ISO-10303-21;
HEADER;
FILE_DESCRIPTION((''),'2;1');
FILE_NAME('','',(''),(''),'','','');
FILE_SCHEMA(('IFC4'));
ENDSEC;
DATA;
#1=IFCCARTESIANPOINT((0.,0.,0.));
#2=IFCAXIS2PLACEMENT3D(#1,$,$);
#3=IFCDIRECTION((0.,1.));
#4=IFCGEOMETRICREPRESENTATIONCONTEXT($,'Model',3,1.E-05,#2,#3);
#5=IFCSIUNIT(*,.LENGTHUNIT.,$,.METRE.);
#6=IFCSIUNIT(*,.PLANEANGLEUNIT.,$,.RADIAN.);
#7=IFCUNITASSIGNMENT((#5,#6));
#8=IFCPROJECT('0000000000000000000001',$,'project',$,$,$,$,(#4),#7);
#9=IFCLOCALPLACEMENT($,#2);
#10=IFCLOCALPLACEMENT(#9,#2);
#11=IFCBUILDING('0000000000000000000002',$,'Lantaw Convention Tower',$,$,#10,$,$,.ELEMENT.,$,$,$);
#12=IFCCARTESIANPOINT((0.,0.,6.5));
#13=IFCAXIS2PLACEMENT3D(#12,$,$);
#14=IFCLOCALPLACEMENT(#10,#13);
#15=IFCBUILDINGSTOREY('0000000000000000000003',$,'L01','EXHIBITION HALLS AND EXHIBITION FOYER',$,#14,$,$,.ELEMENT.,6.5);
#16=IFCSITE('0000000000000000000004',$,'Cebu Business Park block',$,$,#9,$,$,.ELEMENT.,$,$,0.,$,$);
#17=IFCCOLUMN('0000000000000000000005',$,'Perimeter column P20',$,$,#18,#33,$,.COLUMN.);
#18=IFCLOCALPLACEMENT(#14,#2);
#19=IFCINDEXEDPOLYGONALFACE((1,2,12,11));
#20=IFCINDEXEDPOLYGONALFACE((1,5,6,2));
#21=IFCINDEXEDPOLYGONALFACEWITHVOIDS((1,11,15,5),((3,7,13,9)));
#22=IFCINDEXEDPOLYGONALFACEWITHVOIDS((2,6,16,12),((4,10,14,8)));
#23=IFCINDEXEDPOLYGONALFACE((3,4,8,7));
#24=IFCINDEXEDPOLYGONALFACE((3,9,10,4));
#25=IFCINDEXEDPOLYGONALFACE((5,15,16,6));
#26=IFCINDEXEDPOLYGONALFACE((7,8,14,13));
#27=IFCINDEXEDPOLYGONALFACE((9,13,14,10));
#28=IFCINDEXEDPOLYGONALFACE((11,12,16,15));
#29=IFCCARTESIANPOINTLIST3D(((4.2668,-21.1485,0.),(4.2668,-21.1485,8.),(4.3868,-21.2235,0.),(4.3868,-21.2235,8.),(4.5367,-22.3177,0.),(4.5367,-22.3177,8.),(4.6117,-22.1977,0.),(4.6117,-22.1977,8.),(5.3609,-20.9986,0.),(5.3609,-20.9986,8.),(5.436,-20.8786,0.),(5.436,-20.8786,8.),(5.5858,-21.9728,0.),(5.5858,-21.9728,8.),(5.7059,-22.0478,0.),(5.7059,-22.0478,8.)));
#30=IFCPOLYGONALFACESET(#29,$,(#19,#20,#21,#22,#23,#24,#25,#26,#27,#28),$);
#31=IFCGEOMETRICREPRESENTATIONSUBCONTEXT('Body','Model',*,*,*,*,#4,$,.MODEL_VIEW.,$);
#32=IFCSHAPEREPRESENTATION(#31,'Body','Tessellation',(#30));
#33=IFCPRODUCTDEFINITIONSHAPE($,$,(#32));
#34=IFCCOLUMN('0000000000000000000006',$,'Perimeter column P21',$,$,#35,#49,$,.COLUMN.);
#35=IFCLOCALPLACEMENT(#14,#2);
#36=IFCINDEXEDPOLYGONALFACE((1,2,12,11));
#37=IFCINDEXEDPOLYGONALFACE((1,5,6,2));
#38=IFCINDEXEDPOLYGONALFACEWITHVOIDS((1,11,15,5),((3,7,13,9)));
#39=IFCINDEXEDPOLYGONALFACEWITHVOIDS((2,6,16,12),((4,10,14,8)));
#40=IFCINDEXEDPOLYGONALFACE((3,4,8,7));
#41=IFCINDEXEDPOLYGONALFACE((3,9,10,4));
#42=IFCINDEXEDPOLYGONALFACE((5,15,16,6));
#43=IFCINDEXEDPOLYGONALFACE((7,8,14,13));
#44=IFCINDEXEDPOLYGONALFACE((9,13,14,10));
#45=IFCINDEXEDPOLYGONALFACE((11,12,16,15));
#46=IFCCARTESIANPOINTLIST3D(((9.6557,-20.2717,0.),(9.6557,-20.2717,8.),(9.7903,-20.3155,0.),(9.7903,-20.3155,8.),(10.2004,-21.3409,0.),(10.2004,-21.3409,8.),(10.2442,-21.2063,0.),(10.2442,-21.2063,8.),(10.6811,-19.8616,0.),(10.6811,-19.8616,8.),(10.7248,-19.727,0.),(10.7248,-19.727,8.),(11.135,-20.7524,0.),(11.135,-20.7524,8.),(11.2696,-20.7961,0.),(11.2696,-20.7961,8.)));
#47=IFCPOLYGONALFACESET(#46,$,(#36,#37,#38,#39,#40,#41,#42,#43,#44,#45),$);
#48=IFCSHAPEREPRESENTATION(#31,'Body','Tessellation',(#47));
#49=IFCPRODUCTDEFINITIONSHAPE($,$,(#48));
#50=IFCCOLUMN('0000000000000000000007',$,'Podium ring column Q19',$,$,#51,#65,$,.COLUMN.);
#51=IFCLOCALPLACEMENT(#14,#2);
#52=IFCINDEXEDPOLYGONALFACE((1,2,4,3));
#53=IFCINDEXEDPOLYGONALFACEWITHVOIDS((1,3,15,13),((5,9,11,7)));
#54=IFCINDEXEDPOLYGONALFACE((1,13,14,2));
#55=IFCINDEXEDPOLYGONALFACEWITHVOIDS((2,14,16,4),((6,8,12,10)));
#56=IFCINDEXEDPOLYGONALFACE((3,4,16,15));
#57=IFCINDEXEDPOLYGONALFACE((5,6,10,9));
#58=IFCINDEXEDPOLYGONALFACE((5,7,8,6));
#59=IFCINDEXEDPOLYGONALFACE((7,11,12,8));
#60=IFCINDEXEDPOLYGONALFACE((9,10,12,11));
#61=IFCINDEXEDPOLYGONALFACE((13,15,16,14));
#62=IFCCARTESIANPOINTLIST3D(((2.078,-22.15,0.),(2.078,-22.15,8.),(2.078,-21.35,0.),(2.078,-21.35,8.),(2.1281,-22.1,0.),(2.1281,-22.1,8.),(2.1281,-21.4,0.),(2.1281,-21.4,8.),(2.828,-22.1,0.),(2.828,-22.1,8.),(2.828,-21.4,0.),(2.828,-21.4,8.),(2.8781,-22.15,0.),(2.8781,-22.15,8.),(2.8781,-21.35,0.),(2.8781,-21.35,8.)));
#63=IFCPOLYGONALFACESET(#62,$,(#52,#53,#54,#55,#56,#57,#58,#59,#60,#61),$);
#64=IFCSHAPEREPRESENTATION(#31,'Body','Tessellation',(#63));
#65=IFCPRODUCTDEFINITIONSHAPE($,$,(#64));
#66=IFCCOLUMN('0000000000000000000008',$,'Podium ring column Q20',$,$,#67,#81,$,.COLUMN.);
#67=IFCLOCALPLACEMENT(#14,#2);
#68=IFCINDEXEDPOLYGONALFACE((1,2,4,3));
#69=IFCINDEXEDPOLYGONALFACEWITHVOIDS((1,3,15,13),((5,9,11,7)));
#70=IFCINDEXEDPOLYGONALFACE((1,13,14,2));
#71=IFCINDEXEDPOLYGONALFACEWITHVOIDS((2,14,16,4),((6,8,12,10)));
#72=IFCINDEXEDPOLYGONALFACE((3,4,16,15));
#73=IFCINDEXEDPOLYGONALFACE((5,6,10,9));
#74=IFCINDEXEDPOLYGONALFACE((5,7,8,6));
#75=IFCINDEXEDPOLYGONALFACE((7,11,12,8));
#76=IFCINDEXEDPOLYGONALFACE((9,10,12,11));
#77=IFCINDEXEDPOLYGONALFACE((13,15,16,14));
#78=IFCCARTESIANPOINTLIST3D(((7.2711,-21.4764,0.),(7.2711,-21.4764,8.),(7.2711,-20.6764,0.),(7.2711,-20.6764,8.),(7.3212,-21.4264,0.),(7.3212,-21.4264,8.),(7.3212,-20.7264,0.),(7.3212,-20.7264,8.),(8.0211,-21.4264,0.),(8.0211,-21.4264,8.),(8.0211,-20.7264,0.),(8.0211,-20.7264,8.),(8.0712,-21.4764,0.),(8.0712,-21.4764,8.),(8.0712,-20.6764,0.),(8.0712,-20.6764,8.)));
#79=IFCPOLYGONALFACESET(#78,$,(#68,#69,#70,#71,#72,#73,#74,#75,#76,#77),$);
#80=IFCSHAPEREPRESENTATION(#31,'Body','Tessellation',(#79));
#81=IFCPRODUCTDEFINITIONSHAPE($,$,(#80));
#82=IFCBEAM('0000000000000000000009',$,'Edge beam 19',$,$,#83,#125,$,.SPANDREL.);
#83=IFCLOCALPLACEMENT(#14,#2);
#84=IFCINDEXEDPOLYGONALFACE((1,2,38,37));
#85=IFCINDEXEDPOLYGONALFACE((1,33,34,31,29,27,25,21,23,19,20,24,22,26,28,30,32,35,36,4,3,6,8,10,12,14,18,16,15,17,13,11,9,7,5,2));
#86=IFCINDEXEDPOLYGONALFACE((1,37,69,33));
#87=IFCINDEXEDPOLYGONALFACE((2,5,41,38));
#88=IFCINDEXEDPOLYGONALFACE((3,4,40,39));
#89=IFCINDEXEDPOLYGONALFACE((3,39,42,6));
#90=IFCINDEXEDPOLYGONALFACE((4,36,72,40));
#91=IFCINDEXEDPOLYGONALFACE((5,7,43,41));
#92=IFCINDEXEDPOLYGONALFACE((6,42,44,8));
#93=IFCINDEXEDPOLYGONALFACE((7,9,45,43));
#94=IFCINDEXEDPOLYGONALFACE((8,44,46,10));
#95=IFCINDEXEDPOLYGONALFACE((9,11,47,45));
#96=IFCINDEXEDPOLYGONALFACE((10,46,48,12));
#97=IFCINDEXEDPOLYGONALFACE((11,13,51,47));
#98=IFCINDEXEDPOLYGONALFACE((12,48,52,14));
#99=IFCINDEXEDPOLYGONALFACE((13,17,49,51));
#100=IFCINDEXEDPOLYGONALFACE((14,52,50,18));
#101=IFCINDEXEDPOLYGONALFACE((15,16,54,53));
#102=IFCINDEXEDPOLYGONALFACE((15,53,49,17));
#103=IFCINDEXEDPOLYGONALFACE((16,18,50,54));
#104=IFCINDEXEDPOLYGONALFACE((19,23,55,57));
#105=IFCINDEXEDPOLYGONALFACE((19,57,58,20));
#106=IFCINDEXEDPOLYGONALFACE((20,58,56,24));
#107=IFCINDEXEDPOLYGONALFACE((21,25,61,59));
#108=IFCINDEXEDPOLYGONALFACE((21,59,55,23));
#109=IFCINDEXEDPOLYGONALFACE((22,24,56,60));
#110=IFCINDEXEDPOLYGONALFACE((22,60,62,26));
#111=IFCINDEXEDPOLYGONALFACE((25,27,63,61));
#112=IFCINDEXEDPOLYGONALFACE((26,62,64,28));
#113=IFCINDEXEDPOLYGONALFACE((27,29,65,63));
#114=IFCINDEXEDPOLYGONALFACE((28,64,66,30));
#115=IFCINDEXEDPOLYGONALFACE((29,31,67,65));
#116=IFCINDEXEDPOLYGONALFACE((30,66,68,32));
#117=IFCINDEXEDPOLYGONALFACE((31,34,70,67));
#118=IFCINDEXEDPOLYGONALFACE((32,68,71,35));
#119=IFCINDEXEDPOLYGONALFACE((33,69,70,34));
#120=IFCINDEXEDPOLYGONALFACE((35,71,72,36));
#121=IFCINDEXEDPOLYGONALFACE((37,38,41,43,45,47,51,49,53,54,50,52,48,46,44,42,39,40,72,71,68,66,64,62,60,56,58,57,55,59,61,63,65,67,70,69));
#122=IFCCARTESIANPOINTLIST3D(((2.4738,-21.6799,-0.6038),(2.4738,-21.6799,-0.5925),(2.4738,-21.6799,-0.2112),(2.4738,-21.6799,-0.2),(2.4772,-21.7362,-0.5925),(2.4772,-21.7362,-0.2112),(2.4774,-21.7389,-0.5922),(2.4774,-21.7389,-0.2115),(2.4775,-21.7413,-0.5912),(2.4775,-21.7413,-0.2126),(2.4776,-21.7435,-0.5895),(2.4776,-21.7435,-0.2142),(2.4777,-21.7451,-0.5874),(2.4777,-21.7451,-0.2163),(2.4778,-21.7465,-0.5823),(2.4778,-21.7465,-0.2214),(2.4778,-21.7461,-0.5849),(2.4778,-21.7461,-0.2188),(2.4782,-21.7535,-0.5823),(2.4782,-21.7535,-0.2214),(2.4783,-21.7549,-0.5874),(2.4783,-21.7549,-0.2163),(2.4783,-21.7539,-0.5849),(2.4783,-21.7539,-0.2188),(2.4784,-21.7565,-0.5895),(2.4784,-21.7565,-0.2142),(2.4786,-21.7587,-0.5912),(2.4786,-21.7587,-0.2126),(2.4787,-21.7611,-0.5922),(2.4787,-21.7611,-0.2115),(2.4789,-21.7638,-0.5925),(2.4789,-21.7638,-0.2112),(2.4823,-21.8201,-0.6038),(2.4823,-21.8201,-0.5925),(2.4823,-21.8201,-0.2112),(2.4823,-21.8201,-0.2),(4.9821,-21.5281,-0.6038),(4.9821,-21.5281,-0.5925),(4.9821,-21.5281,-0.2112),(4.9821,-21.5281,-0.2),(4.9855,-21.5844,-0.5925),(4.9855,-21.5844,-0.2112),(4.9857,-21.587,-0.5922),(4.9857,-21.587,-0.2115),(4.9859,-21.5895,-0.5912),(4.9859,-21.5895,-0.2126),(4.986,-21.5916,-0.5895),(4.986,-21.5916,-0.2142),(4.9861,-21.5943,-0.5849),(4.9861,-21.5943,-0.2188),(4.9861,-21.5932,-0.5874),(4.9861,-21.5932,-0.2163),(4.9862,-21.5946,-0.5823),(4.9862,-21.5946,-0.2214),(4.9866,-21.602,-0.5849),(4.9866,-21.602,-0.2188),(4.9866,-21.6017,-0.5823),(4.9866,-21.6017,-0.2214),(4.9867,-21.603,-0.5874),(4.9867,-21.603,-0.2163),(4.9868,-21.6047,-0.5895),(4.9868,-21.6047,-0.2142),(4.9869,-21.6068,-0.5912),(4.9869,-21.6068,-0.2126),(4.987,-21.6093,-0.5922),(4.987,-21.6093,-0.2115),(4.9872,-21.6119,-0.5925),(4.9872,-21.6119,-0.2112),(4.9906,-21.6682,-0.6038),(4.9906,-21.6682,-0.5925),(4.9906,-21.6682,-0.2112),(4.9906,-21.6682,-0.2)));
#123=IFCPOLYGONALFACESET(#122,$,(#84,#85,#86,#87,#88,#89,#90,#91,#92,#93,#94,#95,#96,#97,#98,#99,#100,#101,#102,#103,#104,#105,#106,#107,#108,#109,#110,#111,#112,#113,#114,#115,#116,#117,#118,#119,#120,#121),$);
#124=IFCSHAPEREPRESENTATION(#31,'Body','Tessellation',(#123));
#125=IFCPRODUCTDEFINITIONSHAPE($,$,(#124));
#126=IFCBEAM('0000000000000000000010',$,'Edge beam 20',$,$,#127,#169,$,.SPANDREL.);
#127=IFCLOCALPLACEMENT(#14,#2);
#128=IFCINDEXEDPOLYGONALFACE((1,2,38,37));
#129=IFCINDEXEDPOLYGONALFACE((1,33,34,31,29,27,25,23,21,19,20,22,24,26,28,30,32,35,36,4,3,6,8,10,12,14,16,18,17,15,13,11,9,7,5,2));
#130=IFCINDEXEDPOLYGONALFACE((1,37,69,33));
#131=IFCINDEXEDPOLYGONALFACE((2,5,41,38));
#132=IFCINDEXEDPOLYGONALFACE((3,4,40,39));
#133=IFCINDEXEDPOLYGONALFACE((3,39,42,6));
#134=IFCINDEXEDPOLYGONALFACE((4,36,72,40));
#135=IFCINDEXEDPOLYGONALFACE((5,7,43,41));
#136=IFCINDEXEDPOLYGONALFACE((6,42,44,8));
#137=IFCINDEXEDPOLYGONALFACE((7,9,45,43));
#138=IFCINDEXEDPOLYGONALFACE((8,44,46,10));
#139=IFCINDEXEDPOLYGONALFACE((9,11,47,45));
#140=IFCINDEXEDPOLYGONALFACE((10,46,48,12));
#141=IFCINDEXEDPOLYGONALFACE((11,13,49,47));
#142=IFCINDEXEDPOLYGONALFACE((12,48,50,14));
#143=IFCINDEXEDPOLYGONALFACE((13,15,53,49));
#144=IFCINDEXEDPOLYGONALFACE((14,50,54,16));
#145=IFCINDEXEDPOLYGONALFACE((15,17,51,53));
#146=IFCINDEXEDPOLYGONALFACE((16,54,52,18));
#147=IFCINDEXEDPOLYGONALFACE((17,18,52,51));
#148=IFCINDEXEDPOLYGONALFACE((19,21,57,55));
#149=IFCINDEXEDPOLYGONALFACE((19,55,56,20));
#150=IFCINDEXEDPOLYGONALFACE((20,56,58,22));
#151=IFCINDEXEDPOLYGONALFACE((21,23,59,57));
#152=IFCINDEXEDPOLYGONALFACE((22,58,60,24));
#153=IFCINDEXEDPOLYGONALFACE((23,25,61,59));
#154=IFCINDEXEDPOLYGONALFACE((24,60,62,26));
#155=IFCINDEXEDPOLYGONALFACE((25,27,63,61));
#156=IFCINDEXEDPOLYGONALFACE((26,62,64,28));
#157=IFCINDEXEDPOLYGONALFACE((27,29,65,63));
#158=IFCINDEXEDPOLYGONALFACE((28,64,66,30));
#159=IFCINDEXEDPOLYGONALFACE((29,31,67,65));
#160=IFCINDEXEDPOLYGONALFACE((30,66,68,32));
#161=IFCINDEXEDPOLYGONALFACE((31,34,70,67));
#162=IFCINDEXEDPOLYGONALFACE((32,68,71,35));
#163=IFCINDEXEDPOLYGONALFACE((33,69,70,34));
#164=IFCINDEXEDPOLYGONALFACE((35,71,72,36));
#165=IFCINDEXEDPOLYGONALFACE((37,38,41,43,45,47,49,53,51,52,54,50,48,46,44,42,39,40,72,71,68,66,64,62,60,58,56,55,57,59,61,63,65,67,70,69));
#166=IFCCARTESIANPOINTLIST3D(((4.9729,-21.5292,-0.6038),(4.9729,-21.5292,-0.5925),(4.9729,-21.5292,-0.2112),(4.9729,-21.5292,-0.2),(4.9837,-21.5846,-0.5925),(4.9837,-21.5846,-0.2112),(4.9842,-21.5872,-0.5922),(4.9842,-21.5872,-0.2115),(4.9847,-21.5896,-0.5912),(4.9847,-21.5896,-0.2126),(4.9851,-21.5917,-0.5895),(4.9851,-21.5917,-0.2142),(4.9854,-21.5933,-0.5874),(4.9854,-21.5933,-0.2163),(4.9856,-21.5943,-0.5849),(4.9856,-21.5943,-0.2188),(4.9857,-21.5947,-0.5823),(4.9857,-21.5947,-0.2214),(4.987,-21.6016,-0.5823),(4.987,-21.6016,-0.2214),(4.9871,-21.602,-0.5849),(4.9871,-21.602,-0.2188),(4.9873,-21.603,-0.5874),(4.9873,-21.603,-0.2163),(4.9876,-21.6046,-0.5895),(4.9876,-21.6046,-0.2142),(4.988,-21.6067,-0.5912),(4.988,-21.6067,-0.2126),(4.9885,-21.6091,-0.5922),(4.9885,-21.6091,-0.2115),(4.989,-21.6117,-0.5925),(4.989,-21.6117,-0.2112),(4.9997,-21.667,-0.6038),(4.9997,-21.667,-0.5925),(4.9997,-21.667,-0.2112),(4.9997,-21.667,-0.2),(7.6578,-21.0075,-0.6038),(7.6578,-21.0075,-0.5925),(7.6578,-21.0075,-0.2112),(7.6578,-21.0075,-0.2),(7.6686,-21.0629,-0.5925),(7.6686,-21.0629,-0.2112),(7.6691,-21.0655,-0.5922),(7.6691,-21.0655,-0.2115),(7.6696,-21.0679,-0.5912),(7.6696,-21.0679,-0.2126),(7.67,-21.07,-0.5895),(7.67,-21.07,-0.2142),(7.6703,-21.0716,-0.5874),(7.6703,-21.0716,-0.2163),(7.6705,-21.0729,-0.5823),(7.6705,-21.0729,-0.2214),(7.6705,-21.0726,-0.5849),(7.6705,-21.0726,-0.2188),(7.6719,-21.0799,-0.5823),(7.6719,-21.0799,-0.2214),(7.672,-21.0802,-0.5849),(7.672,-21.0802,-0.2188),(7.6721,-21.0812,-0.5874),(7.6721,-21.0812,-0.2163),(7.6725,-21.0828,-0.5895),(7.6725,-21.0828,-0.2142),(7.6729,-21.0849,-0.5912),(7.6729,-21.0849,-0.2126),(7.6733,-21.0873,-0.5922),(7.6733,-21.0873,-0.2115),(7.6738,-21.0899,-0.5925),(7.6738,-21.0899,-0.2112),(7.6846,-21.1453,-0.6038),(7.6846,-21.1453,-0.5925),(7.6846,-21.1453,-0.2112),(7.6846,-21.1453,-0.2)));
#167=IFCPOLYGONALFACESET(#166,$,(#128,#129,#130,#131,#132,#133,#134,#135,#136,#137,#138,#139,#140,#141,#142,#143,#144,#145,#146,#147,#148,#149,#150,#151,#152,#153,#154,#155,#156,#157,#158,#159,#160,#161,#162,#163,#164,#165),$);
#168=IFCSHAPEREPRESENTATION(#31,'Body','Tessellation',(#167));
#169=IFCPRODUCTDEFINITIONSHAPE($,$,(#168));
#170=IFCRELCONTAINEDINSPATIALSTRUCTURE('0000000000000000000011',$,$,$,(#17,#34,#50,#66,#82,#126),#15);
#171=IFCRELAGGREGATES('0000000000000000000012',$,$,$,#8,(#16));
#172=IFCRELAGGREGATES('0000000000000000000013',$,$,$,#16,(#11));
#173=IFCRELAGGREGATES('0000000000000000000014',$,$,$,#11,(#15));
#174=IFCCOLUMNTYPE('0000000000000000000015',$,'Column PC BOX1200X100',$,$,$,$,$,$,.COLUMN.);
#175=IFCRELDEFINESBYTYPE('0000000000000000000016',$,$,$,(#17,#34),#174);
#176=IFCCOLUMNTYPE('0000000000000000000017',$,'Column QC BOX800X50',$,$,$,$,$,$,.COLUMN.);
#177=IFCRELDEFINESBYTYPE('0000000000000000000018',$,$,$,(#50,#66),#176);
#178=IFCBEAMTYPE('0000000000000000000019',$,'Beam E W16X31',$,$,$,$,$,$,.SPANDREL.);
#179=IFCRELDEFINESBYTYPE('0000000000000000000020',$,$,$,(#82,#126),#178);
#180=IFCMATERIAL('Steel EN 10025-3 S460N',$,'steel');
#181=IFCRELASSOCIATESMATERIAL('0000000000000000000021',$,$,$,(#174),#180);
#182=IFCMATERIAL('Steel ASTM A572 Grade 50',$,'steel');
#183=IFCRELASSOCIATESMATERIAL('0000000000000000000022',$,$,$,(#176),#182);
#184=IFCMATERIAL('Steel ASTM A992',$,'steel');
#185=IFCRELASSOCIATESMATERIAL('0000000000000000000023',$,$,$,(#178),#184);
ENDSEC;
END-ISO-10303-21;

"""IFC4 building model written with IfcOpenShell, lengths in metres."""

from ifc_helpers import new_model, si_unit, direction, frame, origin, origin_2d, place, context, subcontext, project, spatial, rectangle, hollow_rectangle, i_section, extrude, material, material_profile, profile_set, type_object, element, save


model = new_model("IFC4")

# Units and contexts
model_context = context("Model", 3, precision=1e-05, world=origin(), true_north=direction((0.0, 1.0)))
body_context = subcontext(model_context, "Body", "Model", "MODEL_VIEW")
ifc_project = project(units=[si_unit("LENGTHUNIT", "METRE"), si_unit("PLANEANGLEUNIT", "RADIAN")], contexts=[model_context])

# Site, building, storey
site_placement = place(None, origin())
site = spatial("IfcSite", under=ifc_project, at=site_placement, Name="Cebu Business Park block", CompositionType="ELEMENT", RefElevation=0.0)
building_placement = place(site_placement, origin())
building = spatial("IfcBuilding", under=site, at=building_placement, Name="Lantaw Convention Tower", CompositionType="ELEMENT")
storey_placement = place(building_placement, frame((0.0, 0.0, 6.5)))
storey = spatial("IfcBuildingStorey", under=building, at=storey_placement, Name="L01", Description="EXHIBITION HALLS AND EXHIBITION FOYER", CompositionType="ELEMENT", Elevation=6.5)

# Columns
ifc_material_1 = material(Name="Steel EN 10025-3 S460N", Category="steel")
ifc_material_profile_1 = material_profile(ifc_material_1, hollow_rectangle(XDim=1.2, YDim=1.2, WallThickness=0.1001, at=origin_2d()), Name="BOX1200X100")
ifc_material_2 = material(Name="Concrete C60/75", Category="concrete")
ifc_material_profile_2 = material_profile(ifc_material_2, rectangle(XDim=1.0, YDim=1.0, at=origin_2d()), Name="Concrete fill of BOX1200X100")
ifc_profile_set_1 = profile_set([ifc_material_profile_1, ifc_material_profile_2], Name="Steel EN 10025-3 S460N")
column_type_1 = type_object("IfcColumnType", Name="Column PC BOX1200X100", PredefinedType="COLUMN", material=ifc_profile_set_1)
for number, where, z_axis, x_axis, name in (
    (1, (4.9863, -21.5981, 0.0), (0.0, 0.0, 1.0), (0.97437, 0.224951, 0.0), "Perimeter column P20"),
    (2, (10.4626, -20.5339, 0.0), (0.0, 0.0, 1.0), (0.891007, 0.45399, 0.0), "Perimeter column P21"),
):
    element("IfcColumn", number, at=place(storey_placement, frame(where, z_axis=z_axis, x_axis=x_axis)), inside=storey, type_object=column_type_1, Name=name, PredefinedType="COLUMN", context=body_context, shape_type="SweptSolid", body=[
        extrude(hollow_rectangle(XDim=1.2, YDim=1.2, WallThickness=0.1001, at=origin_2d()), origin(), (0.0, 0.0, 1.0), 8.0),
    ])
ifc_material_3 = material(Name="Steel ASTM A572 Grade 50", Category="steel")
ifc_material_profile_3 = material_profile(ifc_material_3, hollow_rectangle(XDim=0.8, YDim=0.8, WallThickness=0.05, at=origin_2d()), Name="BOX800X50")
ifc_profile_set_2 = profile_set([ifc_material_profile_3], Name="Steel ASTM A572 Grade 50")
column_type_2 = type_object("IfcColumnType", Name="Column QC BOX800X50", PredefinedType="COLUMN", material=ifc_profile_set_2)
for number, where, z_axis, x_axis, name in (
    (3, (2.478, -21.75, 0.0), (0.0, 0.0, 1.0), (1.0, 0.0, 0.0), "Podium ring column Q19"),
    (4, (7.6711, -21.0764, 0.0), (0.0, 0.0, 1.0), (1.0, 0.0, 0.0), "Podium ring column Q20"),
):
    element("IfcColumn", number, at=place(storey_placement, frame(where, z_axis=z_axis, x_axis=x_axis)), inside=storey, type_object=column_type_2, Name=name, PredefinedType="COLUMN", context=body_context, shape_type="SweptSolid", body=[
        extrude(hollow_rectangle(XDim=0.8, YDim=0.8, WallThickness=0.05, at=origin_2d()), origin(), (0.0, 0.0, 1.0), 8.0),
    ])

# Beams
ifc_material_4 = material(Name="Steel ASTM A992", Category="steel")
ifc_material_profile_4 = material_profile(ifc_material_4, i_section(OverallWidth=0.1404, OverallDepth=0.4038, WebThickness=0.0071, FlangeThickness=0.0112, FilletRadius=0.0103, at=origin_2d()), Name="W16X31")
ifc_profile_set_3 = profile_set([ifc_material_profile_4], Name="Steel ASTM A992")
beam_type_1 = type_object("IfcBeamType", Name="Beam E W16X31", PredefinedType="SPANDREL", material=ifc_profile_set_3)
beam_1_placement = place(storey_placement, frame((2.478, -21.75, -0.4019), z_axis=(0.998172, 0.060431, 0.0), x_axis=(-0.060431, 0.998172, 0.0)))
element("IfcBeam", 5, at=beam_1_placement, inside=storey, type_object=beam_type_1, Name="Edge beam 19", PredefinedType="SPANDREL", context=body_context, shape_type="SweptSolid", body=[
    extrude(i_section(OverallWidth=0.1404, OverallDepth=0.4038, WebThickness=0.0071, FlangeThickness=0.0112, FilletRadius=0.0103, at=origin_2d()), origin(), (0.0, 0.0, 1.0), 2.5129),
])
beam_2_placement = place(storey_placement, frame((4.9863, -21.5981, -0.4019), z_axis=(0.981637, 0.190757, 0.0), x_axis=(-0.190757, 0.981637, 0.0)))
element("IfcBeam", 6, at=beam_2_placement, inside=storey, type_object=beam_type_1, Name="Edge beam 20", PredefinedType="SPANDREL", context=body_context, shape_type="SweptSolid", body=[
    extrude(i_section(OverallWidth=0.1404, OverallDepth=0.4038, WebThickness=0.0071, FlangeThickness=0.0112, FilletRadius=0.0103, at=origin_2d()), origin(), (0.0, 0.0, 1.0), 2.7351),
])

save(model, "model.ifc")
